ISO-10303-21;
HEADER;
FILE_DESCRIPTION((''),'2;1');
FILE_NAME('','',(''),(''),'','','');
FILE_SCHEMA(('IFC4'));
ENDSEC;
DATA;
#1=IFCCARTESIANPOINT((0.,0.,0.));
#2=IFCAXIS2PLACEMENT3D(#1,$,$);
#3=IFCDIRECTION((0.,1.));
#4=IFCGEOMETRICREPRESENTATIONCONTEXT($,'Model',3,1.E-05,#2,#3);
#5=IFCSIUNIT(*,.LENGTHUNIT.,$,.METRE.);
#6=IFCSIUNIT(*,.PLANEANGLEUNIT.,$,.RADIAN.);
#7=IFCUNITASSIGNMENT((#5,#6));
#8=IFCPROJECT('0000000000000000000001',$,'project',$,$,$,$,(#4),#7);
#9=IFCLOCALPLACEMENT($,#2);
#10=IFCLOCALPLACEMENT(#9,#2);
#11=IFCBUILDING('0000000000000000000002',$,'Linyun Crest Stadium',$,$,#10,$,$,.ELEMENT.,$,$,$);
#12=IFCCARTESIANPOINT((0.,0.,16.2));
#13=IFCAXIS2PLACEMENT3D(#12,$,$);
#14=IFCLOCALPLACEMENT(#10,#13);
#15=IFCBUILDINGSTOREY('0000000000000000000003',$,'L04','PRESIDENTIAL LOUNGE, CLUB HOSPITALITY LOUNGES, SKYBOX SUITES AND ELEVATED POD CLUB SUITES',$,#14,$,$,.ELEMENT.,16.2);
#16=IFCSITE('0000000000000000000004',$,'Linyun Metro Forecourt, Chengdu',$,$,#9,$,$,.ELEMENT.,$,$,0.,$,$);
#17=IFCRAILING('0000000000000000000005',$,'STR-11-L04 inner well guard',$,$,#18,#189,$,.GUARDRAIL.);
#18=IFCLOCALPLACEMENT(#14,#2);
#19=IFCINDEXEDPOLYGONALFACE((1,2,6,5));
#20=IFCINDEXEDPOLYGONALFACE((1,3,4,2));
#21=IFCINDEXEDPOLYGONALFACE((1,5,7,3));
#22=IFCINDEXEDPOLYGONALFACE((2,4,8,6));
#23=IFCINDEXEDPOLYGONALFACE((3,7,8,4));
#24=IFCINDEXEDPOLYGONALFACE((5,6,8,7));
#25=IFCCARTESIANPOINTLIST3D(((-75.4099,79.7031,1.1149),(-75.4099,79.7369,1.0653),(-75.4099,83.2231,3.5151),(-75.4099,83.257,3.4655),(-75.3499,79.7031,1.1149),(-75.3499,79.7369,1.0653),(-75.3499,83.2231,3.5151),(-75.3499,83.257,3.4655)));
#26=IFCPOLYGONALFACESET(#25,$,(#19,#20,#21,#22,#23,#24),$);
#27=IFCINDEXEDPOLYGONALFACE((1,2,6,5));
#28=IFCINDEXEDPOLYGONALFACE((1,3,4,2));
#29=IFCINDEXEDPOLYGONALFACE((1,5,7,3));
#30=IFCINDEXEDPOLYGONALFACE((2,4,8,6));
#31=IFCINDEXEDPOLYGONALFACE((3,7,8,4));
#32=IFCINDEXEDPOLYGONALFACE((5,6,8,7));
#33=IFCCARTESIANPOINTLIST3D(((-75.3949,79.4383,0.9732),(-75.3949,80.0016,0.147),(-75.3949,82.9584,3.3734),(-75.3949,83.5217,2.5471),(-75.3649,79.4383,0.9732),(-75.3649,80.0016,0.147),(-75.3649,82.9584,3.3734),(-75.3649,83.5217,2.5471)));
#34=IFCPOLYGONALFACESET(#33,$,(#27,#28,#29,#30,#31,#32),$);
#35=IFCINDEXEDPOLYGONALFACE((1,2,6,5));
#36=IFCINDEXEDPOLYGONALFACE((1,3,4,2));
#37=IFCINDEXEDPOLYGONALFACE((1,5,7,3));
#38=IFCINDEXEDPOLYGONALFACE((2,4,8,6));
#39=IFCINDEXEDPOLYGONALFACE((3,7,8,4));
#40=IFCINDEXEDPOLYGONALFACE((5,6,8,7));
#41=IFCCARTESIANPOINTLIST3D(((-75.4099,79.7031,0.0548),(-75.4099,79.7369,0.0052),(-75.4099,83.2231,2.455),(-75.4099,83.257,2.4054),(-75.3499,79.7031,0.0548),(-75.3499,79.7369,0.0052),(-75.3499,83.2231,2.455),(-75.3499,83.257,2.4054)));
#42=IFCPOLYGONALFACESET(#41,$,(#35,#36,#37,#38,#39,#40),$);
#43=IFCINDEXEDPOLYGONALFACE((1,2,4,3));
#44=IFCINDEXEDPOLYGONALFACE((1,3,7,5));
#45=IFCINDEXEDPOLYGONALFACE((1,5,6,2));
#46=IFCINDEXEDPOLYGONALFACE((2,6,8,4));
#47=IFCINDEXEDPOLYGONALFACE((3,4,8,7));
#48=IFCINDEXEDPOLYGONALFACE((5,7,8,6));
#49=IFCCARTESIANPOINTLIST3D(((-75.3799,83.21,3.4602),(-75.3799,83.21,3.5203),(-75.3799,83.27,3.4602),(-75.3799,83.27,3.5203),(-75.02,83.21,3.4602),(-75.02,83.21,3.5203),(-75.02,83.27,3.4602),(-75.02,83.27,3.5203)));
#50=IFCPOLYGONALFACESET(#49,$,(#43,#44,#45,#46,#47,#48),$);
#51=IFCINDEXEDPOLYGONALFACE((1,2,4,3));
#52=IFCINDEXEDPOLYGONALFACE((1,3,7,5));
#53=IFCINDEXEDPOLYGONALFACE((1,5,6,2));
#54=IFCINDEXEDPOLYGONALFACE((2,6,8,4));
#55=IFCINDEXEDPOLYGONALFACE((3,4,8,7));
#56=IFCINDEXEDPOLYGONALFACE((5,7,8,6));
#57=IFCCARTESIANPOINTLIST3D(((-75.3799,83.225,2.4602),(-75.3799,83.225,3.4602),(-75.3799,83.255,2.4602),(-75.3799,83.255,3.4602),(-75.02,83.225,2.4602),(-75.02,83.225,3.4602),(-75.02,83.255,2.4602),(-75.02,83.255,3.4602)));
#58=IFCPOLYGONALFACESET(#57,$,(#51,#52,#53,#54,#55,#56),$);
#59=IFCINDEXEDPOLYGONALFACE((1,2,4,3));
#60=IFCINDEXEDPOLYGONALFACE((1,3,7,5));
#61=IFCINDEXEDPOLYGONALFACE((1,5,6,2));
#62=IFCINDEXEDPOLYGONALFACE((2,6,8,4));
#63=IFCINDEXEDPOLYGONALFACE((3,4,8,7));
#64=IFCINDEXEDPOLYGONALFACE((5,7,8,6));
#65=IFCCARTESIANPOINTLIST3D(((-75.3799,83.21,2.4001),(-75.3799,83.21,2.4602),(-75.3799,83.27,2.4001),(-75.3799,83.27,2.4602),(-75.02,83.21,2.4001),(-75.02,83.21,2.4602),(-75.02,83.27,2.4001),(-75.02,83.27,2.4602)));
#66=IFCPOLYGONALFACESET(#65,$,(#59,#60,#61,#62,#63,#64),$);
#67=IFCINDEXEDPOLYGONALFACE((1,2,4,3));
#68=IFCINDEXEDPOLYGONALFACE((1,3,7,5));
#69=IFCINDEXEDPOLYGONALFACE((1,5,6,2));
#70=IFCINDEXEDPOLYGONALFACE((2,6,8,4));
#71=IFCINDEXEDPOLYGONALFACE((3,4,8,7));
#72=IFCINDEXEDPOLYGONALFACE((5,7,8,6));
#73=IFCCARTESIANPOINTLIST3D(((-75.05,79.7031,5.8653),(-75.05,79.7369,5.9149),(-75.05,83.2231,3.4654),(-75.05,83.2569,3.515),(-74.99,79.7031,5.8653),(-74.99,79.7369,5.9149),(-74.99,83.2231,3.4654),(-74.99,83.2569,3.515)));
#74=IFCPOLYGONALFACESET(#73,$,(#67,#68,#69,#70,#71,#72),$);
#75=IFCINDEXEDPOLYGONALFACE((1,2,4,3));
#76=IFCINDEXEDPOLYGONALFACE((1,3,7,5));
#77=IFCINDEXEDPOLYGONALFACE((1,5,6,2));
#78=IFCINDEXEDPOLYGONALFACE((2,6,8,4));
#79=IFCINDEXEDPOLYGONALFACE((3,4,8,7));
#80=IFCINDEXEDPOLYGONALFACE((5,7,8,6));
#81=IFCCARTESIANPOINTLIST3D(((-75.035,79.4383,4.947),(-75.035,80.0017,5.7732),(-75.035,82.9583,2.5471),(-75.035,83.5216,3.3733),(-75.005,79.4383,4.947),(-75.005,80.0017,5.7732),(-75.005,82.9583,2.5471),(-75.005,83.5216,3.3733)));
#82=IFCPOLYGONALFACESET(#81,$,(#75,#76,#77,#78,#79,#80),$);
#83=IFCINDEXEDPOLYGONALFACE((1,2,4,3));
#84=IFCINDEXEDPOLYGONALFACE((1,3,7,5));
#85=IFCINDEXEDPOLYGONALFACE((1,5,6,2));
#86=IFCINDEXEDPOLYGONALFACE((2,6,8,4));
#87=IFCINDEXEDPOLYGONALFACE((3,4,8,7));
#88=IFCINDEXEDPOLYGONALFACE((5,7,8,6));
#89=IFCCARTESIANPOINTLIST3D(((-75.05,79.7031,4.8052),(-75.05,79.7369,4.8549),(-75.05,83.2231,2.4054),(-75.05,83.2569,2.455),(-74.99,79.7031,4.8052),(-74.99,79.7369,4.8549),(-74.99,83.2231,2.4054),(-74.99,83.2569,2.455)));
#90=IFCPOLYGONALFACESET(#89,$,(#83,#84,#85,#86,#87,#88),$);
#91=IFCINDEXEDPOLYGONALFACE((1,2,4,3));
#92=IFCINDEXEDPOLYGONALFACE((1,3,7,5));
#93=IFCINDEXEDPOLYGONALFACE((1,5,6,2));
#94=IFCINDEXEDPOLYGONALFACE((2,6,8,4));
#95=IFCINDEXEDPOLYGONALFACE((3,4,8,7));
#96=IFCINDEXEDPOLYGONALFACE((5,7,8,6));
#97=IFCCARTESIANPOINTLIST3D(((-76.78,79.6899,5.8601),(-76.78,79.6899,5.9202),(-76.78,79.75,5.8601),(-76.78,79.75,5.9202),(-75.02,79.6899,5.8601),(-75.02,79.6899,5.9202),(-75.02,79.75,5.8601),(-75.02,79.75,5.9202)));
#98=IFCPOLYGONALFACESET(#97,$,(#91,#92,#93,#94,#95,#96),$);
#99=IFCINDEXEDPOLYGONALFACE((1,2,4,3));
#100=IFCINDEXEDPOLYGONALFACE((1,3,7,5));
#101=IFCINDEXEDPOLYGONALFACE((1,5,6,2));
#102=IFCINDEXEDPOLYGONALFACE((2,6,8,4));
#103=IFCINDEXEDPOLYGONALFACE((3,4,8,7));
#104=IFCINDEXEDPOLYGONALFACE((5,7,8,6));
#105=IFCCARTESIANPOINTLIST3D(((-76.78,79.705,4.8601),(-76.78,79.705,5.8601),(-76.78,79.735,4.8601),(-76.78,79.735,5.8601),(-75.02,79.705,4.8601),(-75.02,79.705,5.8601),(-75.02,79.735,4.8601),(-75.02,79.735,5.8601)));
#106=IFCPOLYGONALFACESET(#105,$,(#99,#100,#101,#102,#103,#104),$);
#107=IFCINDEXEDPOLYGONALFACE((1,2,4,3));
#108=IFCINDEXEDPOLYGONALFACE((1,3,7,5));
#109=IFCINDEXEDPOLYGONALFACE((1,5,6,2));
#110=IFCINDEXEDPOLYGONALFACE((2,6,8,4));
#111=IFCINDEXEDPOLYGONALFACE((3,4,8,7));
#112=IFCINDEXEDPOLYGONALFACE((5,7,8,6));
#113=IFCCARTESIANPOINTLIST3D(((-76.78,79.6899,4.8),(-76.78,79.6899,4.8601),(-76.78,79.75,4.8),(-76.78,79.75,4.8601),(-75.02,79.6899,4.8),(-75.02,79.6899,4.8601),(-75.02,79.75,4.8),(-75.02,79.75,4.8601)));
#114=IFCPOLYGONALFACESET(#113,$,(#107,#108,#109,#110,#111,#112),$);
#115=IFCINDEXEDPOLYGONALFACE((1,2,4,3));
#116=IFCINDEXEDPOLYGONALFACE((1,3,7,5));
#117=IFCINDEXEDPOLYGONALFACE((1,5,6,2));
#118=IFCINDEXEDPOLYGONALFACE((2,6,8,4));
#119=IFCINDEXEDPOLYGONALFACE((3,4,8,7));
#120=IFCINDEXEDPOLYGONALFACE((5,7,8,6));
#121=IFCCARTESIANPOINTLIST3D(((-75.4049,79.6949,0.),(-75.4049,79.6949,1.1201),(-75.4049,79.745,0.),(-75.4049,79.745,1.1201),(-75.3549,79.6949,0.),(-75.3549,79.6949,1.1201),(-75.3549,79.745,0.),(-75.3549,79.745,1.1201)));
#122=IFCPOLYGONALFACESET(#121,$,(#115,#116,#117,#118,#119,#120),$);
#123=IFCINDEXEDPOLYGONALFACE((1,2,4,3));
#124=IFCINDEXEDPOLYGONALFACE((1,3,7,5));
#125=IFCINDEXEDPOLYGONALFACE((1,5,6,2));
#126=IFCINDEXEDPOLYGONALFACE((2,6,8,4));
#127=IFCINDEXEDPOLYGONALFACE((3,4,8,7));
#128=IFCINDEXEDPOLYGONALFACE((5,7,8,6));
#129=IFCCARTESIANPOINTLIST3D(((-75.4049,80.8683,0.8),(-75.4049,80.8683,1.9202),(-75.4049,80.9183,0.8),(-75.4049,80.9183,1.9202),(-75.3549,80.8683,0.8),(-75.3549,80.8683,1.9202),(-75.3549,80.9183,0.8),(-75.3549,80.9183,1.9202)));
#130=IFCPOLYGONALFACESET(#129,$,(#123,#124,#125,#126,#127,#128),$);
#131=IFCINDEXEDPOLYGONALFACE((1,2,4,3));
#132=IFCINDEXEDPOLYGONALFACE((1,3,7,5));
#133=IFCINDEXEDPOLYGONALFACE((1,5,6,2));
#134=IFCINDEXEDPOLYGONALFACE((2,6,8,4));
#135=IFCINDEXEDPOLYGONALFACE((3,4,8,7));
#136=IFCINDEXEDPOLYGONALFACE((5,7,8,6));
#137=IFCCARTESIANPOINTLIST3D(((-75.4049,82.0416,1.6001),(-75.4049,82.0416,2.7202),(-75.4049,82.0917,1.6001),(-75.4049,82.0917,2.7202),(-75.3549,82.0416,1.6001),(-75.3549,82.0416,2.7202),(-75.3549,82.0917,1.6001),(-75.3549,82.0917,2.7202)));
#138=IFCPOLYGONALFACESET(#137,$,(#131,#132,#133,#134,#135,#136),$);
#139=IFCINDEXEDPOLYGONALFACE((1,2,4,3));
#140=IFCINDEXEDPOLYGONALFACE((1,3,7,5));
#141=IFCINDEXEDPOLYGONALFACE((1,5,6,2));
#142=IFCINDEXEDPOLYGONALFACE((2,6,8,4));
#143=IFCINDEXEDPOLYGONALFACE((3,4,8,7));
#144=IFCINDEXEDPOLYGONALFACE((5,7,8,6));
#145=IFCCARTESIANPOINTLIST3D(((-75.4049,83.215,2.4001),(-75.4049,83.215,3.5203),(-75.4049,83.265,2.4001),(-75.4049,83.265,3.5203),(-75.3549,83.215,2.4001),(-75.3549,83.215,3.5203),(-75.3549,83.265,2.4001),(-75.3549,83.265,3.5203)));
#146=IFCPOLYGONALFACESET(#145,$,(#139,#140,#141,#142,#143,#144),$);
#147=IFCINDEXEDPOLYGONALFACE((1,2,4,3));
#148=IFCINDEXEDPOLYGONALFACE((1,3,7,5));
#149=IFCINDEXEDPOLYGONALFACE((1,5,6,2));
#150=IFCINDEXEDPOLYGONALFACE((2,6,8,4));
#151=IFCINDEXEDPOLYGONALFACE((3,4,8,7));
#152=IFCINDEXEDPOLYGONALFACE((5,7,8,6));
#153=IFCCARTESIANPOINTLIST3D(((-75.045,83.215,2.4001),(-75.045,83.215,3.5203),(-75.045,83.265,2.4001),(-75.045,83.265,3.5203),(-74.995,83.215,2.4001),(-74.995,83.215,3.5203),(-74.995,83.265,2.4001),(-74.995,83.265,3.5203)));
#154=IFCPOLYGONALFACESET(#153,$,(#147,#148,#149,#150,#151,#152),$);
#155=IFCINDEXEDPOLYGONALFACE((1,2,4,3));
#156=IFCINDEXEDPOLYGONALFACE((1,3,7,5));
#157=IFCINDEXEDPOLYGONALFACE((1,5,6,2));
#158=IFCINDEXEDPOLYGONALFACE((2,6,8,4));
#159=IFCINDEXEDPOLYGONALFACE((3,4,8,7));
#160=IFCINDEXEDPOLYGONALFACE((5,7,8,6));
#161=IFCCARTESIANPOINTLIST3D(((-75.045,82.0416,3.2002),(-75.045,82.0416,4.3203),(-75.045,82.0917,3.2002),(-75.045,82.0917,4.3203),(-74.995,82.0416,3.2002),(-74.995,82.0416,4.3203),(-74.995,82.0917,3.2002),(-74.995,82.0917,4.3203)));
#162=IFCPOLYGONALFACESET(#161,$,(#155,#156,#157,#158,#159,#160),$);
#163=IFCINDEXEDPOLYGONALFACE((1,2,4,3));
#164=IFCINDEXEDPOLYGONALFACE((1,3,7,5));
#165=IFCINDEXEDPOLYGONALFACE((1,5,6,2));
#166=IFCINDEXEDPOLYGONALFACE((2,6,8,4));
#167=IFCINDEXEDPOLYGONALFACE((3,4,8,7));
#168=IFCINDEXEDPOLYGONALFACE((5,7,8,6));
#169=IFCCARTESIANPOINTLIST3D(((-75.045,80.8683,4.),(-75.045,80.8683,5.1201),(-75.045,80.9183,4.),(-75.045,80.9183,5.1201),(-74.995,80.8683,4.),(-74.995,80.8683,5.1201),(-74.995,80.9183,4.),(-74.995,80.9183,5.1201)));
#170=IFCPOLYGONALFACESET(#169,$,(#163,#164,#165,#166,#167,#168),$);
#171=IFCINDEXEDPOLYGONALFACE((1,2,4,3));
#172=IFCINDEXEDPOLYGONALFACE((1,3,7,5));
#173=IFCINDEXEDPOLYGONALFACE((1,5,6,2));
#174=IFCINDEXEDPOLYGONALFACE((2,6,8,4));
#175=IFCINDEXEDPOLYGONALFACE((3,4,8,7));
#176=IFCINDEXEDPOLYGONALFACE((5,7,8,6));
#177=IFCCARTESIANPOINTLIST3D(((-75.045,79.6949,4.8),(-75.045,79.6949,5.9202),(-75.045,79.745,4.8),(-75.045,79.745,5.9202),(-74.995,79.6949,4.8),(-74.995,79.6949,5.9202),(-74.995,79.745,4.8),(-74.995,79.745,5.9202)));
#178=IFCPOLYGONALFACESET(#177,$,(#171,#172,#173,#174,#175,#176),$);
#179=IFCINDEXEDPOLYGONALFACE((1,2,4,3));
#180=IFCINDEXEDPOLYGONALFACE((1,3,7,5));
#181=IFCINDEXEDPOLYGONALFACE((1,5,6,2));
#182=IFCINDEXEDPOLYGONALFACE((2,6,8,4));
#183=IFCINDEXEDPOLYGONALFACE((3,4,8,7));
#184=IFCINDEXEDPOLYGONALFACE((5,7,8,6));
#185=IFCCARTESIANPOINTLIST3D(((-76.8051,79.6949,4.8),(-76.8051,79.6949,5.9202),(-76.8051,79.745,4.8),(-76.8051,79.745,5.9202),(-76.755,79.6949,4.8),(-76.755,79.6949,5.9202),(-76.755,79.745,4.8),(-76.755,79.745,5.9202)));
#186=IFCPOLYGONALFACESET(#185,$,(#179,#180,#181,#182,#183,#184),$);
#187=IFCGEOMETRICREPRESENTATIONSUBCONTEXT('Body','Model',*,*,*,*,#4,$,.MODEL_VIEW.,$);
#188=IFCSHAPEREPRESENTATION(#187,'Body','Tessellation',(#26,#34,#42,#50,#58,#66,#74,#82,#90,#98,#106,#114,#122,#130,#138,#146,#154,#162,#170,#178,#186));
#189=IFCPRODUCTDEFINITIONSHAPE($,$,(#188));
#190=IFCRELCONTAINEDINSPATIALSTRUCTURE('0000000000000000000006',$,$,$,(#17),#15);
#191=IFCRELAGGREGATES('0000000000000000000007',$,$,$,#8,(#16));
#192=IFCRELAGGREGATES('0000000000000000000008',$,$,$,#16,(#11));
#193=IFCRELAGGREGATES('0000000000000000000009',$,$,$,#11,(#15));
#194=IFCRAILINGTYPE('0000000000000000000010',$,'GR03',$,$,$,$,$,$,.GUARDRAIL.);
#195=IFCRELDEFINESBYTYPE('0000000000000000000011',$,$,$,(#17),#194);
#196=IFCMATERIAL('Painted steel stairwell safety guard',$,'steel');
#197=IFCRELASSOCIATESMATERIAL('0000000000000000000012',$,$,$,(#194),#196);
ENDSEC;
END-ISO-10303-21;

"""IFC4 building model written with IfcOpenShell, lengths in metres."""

from ifc_helpers import new_model, si_unit, direction, frame, origin, origin_2d, place, context, subcontext, project, spatial, rectangle, extrude, material, type_object, element, save


model = new_model("IFC4")

# Units and contexts
model_context = context("Model", 3, precision=1e-05, world=origin(), true_north=direction((0.0, 1.0)))
body_context = subcontext(model_context, "Body", "Model", "MODEL_VIEW")
ifc_project = project(units=[si_unit("LENGTHUNIT", "METRE"), si_unit("PLANEANGLEUNIT", "RADIAN")], contexts=[model_context])

# Site, building, storey
site_placement = place(None, origin())
site = spatial("IfcSite", under=ifc_project, at=site_placement, Name="Linyun Metro Forecourt, Chengdu", CompositionType="ELEMENT", RefElevation=0.0)
building_placement = place(site_placement, origin())
building = spatial("IfcBuilding", under=site, at=building_placement, Name="Linyun Crest Stadium", CompositionType="ELEMENT")
storey_placement = place(building_placement, frame((0.0, 0.0, 16.2)))
storey = spatial("IfcBuildingStorey", under=building, at=storey_placement, Name="L04", Description="PRESIDENTIAL LOUNGE, CLUB HOSPITALITY LOUNGES, SKYBOX SUITES AND ELEVATED POD CLUB SUITES", CompositionType="ELEMENT", Elevation=16.2)

# Railing
ifc_material_1 = material(Name="Painted steel stairwell safety guard", Category="steel")
railing_type_1 = type_object("IfcRailingType", Name="GR03", PredefinedType="GUARDRAIL", material=ifc_material_1)
railing_1_placement = place(storey_placement, frame((-75.3799, 79.72, 0.0)))
element("IfcRailing", 1, at=railing_1_placement, inside=storey, type_object=railing_type_1, Name="STR-11-L04 inner well guard", PredefinedType="GUARDRAIL", context=body_context, shape_type="SweptSolid", body=[
    extrude(rectangle(XDim=0.0601, YDim=0.0601, at=origin_2d()), frame((0.0, 0.0, 1.0901), z_axis=(0.0, 0.826213, 0.563358), x_axis=(-1.0, 0.0, 0.0)), (0.0, 0.0, 1.0), 4.2605),
    extrude(rectangle(XDim=0.03, YDim=1.0, at=origin_2d()), frame((0.0, 0.0, 0.5601), z_axis=(0.0, 0.826213, 0.563358), x_axis=(-1.0, 0.0, 0.0)), (0.0, 0.0, 1.0), 4.2605),
    extrude(rectangle(XDim=0.0601, YDim=0.0601, at=origin_2d()), frame((0.0, 0.0, 0.03), z_axis=(0.0, 0.826213, 0.563358), x_axis=(-1.0, 0.0, 0.0)), (0.0, 0.0, 1.0), 4.2605),
    extrude(rectangle(XDim=0.0601, YDim=0.0601, at=origin_2d()), frame((0.0, 3.52, 3.4902), z_axis=(1.0, 0.0, 0.0), x_axis=(0.0, 1.0, 0.0)), (0.0, 0.0, 1.0), 0.3599),
    extrude(rectangle(XDim=0.03, YDim=1.0, at=origin_2d()), frame((0.0, 3.52, 2.9602), z_axis=(1.0, 0.0, 0.0), x_axis=(0.0, 1.0, 0.0)), (0.0, 0.0, 1.0), 0.3599),
    extrude(rectangle(XDim=0.0601, YDim=0.0601, at=origin_2d()), frame((0.0, 3.52, 2.4302), z_axis=(1.0, 0.0, 0.0), x_axis=(0.0, 1.0, 0.0)), (0.0, 0.0, 1.0), 0.3599),
    extrude(rectangle(XDim=0.0601, YDim=0.0601, at=origin_2d()), frame((0.3599, 3.52, 3.4902), z_axis=(0.0, -0.826239, 0.563319), x_axis=(1.0, 0.0, 0.0)), (0.0, 0.0, 1.0), 4.2603),
    extrude(rectangle(XDim=0.03, YDim=1.0, at=origin_2d()), frame((0.3599, 3.52, 2.9602), z_axis=(0.0, -0.826239, 0.563319), x_axis=(1.0, 0.0, 0.0)), (0.0, 0.0, 1.0), 4.2603),
    extrude(rectangle(XDim=0.0601, YDim=0.0601, at=origin_2d()), frame((0.3599, 3.52, 2.4302), z_axis=(0.0, -0.826239, 0.563319), x_axis=(1.0, 0.0, 0.0)), (0.0, 0.0, 1.0), 4.2603),
    extrude(rectangle(XDim=0.0601, YDim=0.0601, at=origin_2d()), frame((0.3599, 0.0, 5.8901), z_axis=(-1.0, 0.0, 0.0), x_axis=(0.0, -1.0, 0.0)), (0.0, 0.0, 1.0), 1.76),
    extrude(rectangle(XDim=0.03, YDim=1.0, at=origin_2d()), frame((0.3599, 0.0, 5.3601), z_axis=(-1.0, 0.0, 0.0), x_axis=(0.0, -1.0, 0.0)), (0.0, 0.0, 1.0), 1.76),
    extrude(rectangle(XDim=0.0601, YDim=0.0601, at=origin_2d()), frame((0.3599, 0.0, 4.8301), z_axis=(-1.0, 0.0, 0.0), x_axis=(0.0, -1.0, 0.0)), (0.0, 0.0, 1.0), 1.76),
    extrude(rectangle(XDim=0.05, YDim=0.05, at=origin_2d()), origin(), (0.0, 0.0, 1.0), 1.1201),
    extrude(rectangle(XDim=0.05, YDim=0.05, at=origin_2d()), frame((0.0, 1.1733, 0.8)), (0.0, 0.0, 1.0), 1.1201),
    extrude(rectangle(XDim=0.05, YDim=0.05, at=origin_2d()), frame((0.0, 2.3467, 1.6001)), (0.0, 0.0, 1.0), 1.1201),
    extrude(rectangle(XDim=0.05, YDim=0.05, at=origin_2d()), frame((0.0, 3.52, 2.4001)), (0.0, 0.0, 1.0), 1.1201),
    extrude(rectangle(XDim=0.05, YDim=0.05, at=origin_2d()), frame((0.3599, 3.52, 2.4001)), (0.0, 0.0, 1.0), 1.1201),
    extrude(rectangle(XDim=0.05, YDim=0.05, at=origin_2d()), frame((0.3599, 2.3467, 3.2002)), (0.0, 0.0, 1.0), 1.1201),
    extrude(rectangle(XDim=0.05, YDim=0.05, at=origin_2d()), frame((0.3599, 1.1733, 4.0)), (0.0, 0.0, 1.0), 1.1201),
    extrude(rectangle(XDim=0.05, YDim=0.05, at=origin_2d()), frame((0.3599, 0.0, 4.8)), (0.0, 0.0, 1.0), 1.1201),
    extrude(rectangle(XDim=0.05, YDim=0.05, at=origin_2d()), frame((-1.4001, 0.0, 4.8)), (0.0, 0.0, 1.0), 1.1201),
])

save(model, "model.ifc")
